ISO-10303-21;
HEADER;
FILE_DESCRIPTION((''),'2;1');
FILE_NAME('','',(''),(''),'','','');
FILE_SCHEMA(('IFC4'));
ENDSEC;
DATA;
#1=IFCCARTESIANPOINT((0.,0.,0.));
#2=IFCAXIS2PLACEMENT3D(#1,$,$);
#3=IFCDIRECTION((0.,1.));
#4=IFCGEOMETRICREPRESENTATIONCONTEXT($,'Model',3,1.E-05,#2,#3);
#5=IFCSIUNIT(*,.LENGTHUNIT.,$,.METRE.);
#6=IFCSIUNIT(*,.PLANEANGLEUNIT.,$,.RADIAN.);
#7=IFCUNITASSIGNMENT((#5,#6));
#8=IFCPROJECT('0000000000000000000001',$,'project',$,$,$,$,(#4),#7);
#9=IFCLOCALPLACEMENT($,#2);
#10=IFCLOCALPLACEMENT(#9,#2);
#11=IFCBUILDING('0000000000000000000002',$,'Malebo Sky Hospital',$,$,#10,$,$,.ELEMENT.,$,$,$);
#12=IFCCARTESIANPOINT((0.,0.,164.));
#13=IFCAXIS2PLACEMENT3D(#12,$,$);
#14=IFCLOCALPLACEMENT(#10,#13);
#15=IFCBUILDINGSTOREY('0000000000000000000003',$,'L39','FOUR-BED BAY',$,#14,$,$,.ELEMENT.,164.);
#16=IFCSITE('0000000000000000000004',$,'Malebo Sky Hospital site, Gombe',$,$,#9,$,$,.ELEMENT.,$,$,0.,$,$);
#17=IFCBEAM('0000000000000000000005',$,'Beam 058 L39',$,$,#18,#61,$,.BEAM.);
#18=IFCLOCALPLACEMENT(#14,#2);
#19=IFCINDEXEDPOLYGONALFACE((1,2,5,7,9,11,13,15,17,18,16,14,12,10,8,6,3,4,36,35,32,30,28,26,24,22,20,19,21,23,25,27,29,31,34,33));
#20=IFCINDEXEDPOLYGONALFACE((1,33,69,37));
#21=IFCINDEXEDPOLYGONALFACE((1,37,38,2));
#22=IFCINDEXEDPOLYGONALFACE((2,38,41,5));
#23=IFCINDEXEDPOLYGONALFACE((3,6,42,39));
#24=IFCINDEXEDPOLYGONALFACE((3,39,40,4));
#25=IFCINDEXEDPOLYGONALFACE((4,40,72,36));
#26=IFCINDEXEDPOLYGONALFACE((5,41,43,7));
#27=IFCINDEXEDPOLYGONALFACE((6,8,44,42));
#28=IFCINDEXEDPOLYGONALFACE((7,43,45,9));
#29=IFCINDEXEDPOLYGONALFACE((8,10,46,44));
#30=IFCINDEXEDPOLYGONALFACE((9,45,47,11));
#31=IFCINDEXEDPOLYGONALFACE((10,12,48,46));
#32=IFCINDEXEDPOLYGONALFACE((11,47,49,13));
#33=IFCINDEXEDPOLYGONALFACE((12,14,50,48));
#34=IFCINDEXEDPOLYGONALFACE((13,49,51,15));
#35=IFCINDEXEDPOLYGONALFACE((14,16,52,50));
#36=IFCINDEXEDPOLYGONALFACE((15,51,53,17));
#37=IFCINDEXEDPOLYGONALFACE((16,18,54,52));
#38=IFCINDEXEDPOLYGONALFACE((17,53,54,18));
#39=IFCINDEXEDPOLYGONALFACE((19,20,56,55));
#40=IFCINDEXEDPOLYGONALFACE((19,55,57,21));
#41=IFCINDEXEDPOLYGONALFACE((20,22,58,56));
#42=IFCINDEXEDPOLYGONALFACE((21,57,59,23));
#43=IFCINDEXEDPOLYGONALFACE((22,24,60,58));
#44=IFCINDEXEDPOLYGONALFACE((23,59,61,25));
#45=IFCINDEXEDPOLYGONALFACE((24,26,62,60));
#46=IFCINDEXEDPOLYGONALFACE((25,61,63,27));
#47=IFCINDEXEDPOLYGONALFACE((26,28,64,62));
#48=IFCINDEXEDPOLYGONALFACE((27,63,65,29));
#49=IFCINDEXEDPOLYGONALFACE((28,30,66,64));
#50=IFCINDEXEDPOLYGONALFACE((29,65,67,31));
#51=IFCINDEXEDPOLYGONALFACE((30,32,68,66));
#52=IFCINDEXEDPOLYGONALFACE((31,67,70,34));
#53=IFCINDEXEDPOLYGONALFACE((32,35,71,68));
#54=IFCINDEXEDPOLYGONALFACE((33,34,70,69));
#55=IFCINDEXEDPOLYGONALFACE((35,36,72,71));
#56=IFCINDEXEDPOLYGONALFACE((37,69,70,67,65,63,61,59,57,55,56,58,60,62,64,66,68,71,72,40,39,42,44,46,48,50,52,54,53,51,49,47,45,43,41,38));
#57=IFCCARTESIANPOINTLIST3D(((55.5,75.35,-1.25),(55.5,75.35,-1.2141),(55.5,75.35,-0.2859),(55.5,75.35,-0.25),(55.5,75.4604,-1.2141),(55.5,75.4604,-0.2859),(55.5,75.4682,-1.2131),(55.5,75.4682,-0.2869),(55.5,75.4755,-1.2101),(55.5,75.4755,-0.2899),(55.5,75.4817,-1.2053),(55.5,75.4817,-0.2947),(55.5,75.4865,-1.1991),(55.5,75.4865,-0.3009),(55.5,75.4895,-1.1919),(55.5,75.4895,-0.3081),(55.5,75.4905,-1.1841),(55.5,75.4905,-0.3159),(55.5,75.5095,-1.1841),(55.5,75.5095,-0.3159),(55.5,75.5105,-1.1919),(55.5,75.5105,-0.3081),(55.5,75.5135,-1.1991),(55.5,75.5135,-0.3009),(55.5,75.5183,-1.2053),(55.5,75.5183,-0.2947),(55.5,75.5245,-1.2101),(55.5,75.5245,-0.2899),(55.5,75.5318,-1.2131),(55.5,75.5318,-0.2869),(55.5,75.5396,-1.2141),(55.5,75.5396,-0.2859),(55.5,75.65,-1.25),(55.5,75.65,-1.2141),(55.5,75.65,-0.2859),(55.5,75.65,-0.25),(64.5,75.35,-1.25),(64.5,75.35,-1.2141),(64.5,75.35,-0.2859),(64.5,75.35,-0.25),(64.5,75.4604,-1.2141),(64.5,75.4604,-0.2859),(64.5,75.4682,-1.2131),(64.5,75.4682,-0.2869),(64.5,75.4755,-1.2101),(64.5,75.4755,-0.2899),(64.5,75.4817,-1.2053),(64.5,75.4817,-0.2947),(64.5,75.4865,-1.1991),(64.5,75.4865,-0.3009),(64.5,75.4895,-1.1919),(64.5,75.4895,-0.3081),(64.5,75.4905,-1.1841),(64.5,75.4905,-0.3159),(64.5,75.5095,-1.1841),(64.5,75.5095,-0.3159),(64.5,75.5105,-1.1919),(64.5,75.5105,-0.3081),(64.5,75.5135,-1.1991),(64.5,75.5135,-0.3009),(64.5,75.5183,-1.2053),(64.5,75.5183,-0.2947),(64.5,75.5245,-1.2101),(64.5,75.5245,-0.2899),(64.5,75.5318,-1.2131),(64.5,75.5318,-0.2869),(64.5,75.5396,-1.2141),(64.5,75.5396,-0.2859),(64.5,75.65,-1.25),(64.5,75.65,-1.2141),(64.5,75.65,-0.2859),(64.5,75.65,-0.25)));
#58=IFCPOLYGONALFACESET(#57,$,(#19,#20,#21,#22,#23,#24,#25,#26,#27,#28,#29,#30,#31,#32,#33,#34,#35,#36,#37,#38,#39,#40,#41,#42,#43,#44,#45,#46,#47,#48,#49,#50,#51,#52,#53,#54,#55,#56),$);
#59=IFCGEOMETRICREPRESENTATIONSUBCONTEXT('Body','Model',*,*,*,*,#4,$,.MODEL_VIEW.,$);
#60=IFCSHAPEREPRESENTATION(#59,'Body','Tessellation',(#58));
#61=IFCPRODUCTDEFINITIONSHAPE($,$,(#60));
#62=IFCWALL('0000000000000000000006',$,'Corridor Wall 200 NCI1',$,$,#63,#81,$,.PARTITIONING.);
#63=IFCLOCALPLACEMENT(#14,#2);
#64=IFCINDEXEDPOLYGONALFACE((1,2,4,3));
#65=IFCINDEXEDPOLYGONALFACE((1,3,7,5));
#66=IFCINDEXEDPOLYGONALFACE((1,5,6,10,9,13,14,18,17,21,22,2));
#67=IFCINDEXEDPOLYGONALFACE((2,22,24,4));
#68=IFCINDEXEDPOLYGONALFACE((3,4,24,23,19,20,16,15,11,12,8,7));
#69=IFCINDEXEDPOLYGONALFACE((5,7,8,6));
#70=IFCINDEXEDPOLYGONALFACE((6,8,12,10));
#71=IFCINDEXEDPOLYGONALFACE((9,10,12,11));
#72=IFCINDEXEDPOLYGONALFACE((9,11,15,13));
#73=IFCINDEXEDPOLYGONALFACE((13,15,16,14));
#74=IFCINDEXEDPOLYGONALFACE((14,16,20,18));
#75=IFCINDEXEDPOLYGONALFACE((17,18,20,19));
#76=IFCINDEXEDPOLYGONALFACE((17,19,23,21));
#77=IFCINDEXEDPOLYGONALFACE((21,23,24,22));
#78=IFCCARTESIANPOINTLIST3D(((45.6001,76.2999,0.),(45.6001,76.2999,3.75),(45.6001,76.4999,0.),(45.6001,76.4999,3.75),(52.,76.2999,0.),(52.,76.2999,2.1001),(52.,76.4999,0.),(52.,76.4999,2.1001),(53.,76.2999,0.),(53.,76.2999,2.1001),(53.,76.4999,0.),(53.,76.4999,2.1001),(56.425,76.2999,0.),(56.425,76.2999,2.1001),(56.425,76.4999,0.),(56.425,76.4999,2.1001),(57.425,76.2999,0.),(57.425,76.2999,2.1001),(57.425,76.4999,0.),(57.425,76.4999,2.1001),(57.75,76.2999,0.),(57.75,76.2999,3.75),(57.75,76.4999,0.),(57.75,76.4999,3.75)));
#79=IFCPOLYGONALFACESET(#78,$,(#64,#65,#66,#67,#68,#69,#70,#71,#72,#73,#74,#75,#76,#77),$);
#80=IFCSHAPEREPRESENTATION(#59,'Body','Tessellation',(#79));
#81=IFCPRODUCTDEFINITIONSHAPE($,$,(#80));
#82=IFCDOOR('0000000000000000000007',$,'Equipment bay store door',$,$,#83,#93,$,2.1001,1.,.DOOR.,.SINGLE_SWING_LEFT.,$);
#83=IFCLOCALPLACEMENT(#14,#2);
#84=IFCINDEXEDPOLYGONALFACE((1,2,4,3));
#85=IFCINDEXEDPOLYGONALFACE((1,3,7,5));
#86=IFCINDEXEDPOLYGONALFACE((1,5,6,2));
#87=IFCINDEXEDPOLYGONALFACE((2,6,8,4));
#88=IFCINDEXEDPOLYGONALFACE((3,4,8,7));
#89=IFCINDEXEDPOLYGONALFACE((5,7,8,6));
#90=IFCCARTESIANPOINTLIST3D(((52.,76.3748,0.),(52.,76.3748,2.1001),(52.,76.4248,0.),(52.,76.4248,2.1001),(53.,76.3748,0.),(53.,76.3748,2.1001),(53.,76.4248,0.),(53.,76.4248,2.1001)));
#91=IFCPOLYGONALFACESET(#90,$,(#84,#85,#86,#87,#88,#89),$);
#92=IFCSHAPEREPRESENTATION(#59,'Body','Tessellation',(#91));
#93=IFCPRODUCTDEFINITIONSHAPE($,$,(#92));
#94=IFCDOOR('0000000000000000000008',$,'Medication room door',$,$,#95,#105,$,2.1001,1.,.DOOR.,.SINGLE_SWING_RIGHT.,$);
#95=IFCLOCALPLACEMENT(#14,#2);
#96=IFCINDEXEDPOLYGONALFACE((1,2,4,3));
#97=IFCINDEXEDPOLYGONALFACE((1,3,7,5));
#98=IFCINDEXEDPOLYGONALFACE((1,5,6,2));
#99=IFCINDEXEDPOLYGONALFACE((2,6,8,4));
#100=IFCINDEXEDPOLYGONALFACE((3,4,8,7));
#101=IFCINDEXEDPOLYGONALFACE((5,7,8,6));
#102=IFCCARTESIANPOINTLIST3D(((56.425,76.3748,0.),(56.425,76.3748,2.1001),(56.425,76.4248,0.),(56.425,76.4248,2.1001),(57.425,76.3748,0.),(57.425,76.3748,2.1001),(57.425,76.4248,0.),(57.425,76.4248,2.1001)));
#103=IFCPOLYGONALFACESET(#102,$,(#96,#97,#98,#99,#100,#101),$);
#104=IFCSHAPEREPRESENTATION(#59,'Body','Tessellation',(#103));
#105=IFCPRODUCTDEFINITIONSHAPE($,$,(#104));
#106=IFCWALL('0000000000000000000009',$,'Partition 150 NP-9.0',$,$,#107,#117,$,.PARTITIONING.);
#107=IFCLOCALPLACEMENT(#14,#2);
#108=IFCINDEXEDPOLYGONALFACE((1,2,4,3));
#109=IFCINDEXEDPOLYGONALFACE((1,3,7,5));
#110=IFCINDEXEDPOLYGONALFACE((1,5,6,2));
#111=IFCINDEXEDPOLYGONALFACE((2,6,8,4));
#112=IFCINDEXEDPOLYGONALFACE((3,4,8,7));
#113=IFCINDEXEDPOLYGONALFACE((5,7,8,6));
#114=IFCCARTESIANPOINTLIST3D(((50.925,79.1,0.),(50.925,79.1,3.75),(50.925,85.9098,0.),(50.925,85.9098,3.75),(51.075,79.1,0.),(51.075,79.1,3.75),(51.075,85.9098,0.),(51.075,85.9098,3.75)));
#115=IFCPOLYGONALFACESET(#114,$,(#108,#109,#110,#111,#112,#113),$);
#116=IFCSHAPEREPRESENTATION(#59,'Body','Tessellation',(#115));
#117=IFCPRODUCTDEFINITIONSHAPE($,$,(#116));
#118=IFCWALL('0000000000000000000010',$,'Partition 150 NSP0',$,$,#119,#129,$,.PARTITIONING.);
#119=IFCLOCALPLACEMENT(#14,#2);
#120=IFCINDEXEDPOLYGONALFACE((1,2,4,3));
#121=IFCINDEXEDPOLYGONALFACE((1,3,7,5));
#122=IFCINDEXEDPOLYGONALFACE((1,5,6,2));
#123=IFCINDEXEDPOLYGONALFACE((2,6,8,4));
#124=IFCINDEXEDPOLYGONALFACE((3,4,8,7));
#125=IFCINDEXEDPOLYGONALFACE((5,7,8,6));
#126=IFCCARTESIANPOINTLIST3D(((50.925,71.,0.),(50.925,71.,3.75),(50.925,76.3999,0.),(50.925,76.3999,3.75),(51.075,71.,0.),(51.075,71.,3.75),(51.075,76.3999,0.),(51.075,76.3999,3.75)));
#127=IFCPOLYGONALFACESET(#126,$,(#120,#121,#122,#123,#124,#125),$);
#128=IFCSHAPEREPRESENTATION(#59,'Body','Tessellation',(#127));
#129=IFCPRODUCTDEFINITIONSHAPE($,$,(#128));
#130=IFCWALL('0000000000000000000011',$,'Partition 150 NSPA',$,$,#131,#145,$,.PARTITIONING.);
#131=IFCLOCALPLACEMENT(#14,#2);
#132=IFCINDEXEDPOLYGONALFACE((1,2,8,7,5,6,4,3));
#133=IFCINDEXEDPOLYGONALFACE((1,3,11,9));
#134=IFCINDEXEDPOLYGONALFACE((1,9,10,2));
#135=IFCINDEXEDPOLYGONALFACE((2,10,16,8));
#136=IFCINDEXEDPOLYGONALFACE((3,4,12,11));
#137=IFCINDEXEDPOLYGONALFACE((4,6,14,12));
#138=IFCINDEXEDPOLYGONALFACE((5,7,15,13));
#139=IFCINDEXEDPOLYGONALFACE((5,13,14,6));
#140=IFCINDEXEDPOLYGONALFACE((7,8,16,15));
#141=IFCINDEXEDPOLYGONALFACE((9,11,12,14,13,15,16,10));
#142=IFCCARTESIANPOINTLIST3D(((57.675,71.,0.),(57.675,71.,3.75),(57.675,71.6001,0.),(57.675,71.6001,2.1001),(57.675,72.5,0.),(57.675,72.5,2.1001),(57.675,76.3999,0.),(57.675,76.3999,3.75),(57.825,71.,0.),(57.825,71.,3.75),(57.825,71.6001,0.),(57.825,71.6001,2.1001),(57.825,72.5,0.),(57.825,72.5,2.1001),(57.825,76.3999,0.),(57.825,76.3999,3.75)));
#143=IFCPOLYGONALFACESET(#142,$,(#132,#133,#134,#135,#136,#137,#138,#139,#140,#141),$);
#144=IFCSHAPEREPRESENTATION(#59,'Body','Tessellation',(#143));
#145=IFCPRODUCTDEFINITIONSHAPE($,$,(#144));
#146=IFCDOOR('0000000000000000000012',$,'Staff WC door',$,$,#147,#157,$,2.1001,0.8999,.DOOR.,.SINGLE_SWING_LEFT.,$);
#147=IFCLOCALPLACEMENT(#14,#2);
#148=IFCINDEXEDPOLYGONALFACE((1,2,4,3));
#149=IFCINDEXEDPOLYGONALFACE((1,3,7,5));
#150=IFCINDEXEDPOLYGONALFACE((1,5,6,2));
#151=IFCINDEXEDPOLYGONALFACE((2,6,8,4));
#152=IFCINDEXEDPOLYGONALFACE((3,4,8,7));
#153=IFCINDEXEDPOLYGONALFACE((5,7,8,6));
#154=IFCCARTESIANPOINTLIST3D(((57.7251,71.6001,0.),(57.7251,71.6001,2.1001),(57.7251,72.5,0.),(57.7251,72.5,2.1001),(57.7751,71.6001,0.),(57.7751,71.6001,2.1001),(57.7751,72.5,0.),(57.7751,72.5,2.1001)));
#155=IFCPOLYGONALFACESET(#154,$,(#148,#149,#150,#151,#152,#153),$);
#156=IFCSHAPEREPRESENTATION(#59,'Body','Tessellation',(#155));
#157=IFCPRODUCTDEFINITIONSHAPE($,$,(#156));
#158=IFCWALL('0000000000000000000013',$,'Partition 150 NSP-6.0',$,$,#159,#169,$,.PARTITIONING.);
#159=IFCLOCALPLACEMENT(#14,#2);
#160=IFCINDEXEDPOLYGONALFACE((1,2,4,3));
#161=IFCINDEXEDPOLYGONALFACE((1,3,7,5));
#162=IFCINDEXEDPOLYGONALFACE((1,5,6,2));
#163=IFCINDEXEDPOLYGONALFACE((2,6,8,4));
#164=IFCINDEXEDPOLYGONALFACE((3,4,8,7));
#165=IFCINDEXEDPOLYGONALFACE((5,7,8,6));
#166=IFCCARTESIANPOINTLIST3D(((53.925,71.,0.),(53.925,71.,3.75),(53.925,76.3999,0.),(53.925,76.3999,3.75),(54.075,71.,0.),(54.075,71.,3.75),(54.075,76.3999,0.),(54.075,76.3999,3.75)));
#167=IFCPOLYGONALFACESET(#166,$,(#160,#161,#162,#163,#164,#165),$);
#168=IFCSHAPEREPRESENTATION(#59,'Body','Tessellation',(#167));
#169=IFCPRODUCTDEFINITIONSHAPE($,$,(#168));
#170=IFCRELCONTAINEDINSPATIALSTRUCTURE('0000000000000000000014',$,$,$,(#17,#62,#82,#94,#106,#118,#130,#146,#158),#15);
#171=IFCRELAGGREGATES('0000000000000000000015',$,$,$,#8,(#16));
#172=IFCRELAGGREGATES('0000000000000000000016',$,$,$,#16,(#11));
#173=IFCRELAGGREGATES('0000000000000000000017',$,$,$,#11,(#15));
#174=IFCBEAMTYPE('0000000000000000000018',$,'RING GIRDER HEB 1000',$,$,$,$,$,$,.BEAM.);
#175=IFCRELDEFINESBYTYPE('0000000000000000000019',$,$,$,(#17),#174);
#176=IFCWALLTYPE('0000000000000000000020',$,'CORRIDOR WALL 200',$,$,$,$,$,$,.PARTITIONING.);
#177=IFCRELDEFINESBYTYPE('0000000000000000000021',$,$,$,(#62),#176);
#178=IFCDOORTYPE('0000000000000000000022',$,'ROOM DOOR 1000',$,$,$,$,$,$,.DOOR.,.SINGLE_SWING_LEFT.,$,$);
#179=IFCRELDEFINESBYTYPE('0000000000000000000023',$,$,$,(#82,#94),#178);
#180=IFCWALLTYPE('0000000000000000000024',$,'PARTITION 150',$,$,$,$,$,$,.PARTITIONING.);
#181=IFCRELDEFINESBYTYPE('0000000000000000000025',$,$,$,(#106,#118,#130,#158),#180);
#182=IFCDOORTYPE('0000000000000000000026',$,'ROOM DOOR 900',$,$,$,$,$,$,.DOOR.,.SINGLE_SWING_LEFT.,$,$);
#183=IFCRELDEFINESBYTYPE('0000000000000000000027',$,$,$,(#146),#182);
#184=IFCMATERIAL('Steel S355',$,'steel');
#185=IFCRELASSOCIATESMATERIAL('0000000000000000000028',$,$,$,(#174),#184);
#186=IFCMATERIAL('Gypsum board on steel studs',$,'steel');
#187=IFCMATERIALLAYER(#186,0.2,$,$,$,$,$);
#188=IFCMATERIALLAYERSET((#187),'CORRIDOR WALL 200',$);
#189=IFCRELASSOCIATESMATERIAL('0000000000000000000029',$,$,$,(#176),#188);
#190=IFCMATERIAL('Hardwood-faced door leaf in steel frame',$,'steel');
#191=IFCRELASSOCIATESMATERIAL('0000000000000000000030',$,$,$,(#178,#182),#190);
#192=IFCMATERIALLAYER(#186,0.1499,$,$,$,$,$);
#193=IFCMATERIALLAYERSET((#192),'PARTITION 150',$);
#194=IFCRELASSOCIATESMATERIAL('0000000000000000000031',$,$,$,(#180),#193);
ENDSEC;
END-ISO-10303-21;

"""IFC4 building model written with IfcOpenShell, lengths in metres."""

from ifc_helpers import new_model, si_unit, direction, frame, frame_2d, origin, origin_2d, place, context, subcontext, project, spatial, rectangle, i_section, extrude, material, layer, layer_set, material_profile, profile_set, type_object, element, fill, save


model = new_model("IFC4")

# Units and contexts
model_context = context("Model", 3, precision=1e-05, world=origin(), true_north=direction((0.0, 1.0)))
body_context = subcontext(model_context, "Body", "Model", "MODEL_VIEW")
ifc_project = project(units=[si_unit("LENGTHUNIT", "METRE"), si_unit("PLANEANGLEUNIT", "RADIAN")], contexts=[model_context])

# Site, building, storey
site_placement = place(None, origin())
site = spatial("IfcSite", under=ifc_project, at=site_placement, Name="Malebo Sky Hospital site, Gombe", CompositionType="ELEMENT", RefElevation=0.0)
building_placement = place(site_placement, origin())
building = spatial("IfcBuilding", under=site, at=building_placement, Name="Malebo Sky Hospital", CompositionType="ELEMENT")
storey_placement = place(building_placement, frame((0.0, 0.0, 164.0)))
storey = spatial("IfcBuildingStorey", under=building, at=storey_placement, Name="L39", Description="FOUR-BED BAY", CompositionType="ELEMENT", Elevation=164.0)

# Beam
ifc_material_1 = material(Name="Steel S355", Category="steel")
ifc_material_profile_1 = material_profile(ifc_material_1, i_section(OverallWidth=0.3, OverallDepth=1.0, WebThickness=0.019, FlangeThickness=0.0359, FilletRadius=0.03, at=origin_2d()), Name="HEB 1000")
ifc_profile_set_1 = profile_set([ifc_material_profile_1], Name="Steel S355")
beam_type_1 = type_object("IfcBeamType", Name="RING GIRDER HEB 1000", PredefinedType="BEAM", material=ifc_profile_set_1)
beam_1_placement = place(storey_placement, frame((55.5, 75.5, -0.75), z_axis=(1.0, 0.0, 0.0), x_axis=(0.0, 1.0, 0.0)))
element("IfcBeam", 1, at=beam_1_placement, inside=storey, type_object=beam_type_1, Name="Beam 058 L39", PredefinedType="BEAM", context=body_context, shape_type="SweptSolid", body=[
    extrude(i_section(OverallWidth=0.3, OverallDepth=1.0, WebThickness=0.019, FlangeThickness=0.0359, FilletRadius=0.03, at=origin_2d()), origin(), (0.0, 0.0, 1.0), 9.0),
])

# Wall, openings, doors
ifc_material_2 = material(Name="Gypsum board on steel studs", Category="steel")
ifc_layer_1 = layer(ifc_material_2, 0.2)
ifc_layer_set_1 = layer_set([ifc_layer_1], Name="CORRIDOR WALL 200")
wall_type_1 = type_object("IfcWallType", Name="CORRIDOR WALL 200", PredefinedType="PARTITIONING", material=ifc_layer_set_1)
wall_1_placement = place(storey_placement, frame((45.6001, 76.3999, 0.0), z_axis=(0.0, 0.0, 1.0), x_axis=(1.0, 0.0, 0.0)))
wall_1 = element("IfcWall", 2, at=wall_1_placement, inside=storey, type_object=wall_type_1, Name="Corridor Wall 200 NCI1", PredefinedType="PARTITIONING", context=body_context, shape_type="SweptSolid", body=[
    extrude(rectangle(XDim=12.1499, YDim=0.2, at=frame_2d((6.075, 0.0))), origin(), (0.0, 0.0, 1.0), 3.75),
])
opening_1_placement = place(wall_1_placement, frame((6.3999, 0.0, 0.0)))
opening_1 = element("IfcOpeningElement", 3, at=opening_1_placement, cuts=wall_1, PredefinedType="OPENING", context=body_context, shape_type="SweptSolid", body=[
    extrude(rectangle(XDim=1.0, YDim=2.1001, at=frame_2d((0.5, 1.05))), frame((0.0, 0.1099, 0.0), z_axis=(0.0, -1.0, 0.0), x_axis=(1.0, 0.0, 0.0)), (0.0, 0.0, 1.0), 0.22),
])
opening_2_placement = place(wall_1_placement, frame((10.825, 0.0, 0.0)))
opening_2 = element("IfcOpeningElement", 4, at=opening_2_placement, cuts=wall_1, PredefinedType="OPENING", context=body_context, shape_type="SweptSolid", body=[
    extrude(rectangle(XDim=1.0, YDim=2.1001, at=frame_2d((0.5, 1.05))), frame((0.0, 0.1099, 0.0), z_axis=(0.0, -1.0, 0.0), x_axis=(1.0, 0.0, 0.0)), (0.0, 0.0, 1.0), 0.22),
])
ifc_material_3 = material(Name="Hardwood-faced door leaf in steel frame", Category="steel")
door_type_1 = type_object("IfcDoorType", Name="ROOM DOOR 1000", OperationType="SINGLE_SWING_LEFT", PredefinedType="DOOR", material=ifc_material_3)
door_1_placement = place(opening_1_placement, origin())
door_1 = element("IfcDoor", 5, at=door_1_placement, inside=storey, type_object=door_type_1, Name="Equipment bay store door", OperationType="SINGLE_SWING_LEFT", OverallHeight=2.1001, OverallWidth=1.0, PredefinedType="DOOR", context=body_context, shape_type="SweptSolid", body=[
    extrude(rectangle(XDim=1.0, YDim=2.1001, at=frame_2d((0.5, 1.05))), frame((0.0, 0.0249, 0.0), z_axis=(0.0, -1.0, 0.0), x_axis=(1.0, 0.0, 0.0)), (0.0, 0.0, 1.0), 0.05),
])
fill(opening_1, door_1)
door_2_placement = place(opening_2_placement, origin())
door_2 = element("IfcDoor", 6, at=door_2_placement, inside=storey, type_object=door_type_1, Name="Medication room door", OperationType="SINGLE_SWING_RIGHT", OverallHeight=2.1001, OverallWidth=1.0, PredefinedType="DOOR", context=body_context, shape_type="SweptSolid", body=[
    extrude(rectangle(XDim=1.0, YDim=2.1001, at=frame_2d((0.5, 1.05))), frame((0.0, 0.0249, 0.0), z_axis=(0.0, -1.0, 0.0), x_axis=(1.0, 0.0, 0.0)), (0.0, 0.0, 1.0), 0.05),
])
fill(opening_2, door_2)

# Walls
ifc_layer_2 = layer(ifc_material_2, 0.1499)
ifc_layer_set_2 = layer_set([ifc_layer_2], Name="PARTITION 150")
wall_type_2 = type_object("IfcWallType", Name="PARTITION 150", PredefinedType="PARTITIONING", material=ifc_layer_set_2)
wall_2_placement = place(storey_placement, frame((51.0, 79.1001, 0.0), z_axis=(0.0, 0.0, 1.0), x_axis=(0.0, 1.0, 0.0)))
element("IfcWall", 7, at=wall_2_placement, inside=storey, type_object=wall_type_2, Name="Partition 150 NP-9.0", PredefinedType="PARTITIONING", context=body_context, shape_type="SweptSolid", body=[
    extrude(rectangle(XDim=6.8098, YDim=0.1499, at=frame_2d((3.4048, 0.0))), origin(), (0.0, 0.0, 1.0), 3.75),
])
wall_3_placement = place(storey_placement, frame((51.0, 71.0, 0.0), z_axis=(0.0, 0.0, 1.0), x_axis=(0.0, 1.0, 0.0)))
element("IfcWall", 8, at=wall_3_placement, inside=storey, type_object=wall_type_2, Name="Partition 150 NSP0", PredefinedType="PARTITIONING", context=body_context, shape_type="SweptSolid", body=[
    extrude(rectangle(XDim=5.3999, YDim=0.1499, at=frame_2d((2.7, 0.0))), origin(), (0.0, 0.0, 1.0), 3.75),
])

# Wall, opening, door
wall_4_placement = place(storey_placement, frame((57.75, 71.0, 0.0), z_axis=(0.0, 0.0, 1.0), x_axis=(0.0, 1.0, 0.0)))
wall_4 = element("IfcWall", 9, at=wall_4_placement, inside=storey, type_object=wall_type_2, Name="Partition 150 NSPA", PredefinedType="PARTITIONING", context=body_context, shape_type="SweptSolid", body=[
    extrude(rectangle(XDim=5.3999, YDim=0.1499, at=frame_2d((2.7, 0.0))), origin(), (0.0, 0.0, 1.0), 3.75),
])
opening_3_placement = place(wall_4_placement, frame((0.6001, 0.0, 0.0)))
opening_3 = element("IfcOpeningElement", 10, at=opening_3_placement, cuts=wall_4, PredefinedType="OPENING", context=body_context, shape_type="SweptSolid", body=[
    extrude(rectangle(XDim=0.8999, YDim=2.1001, at=frame_2d((0.45, 1.05))), frame((0.0, 0.085, 0.0), z_axis=(0.0, -1.0, 0.0), x_axis=(1.0, 0.0, 0.0)), (0.0, 0.0, 1.0), 0.1699),
])
door_type_2 = type_object("IfcDoorType", Name="ROOM DOOR 900", OperationType="SINGLE_SWING_LEFT", PredefinedType="DOOR", material=ifc_material_3)
door_3_placement = place(opening_3_placement, origin())
door_3 = element("IfcDoor", 11, at=door_3_placement, inside=storey, type_object=door_type_2, Name="Staff WC door", OperationType="SINGLE_SWING_LEFT", OverallHeight=2.1001, OverallWidth=0.8999, PredefinedType="DOOR", context=body_context, shape_type="SweptSolid", body=[
    extrude(rectangle(XDim=0.8999, YDim=2.1001, at=frame_2d((0.45, 1.05))), frame((0.0, 0.0249, 0.0), z_axis=(0.0, -1.0, 0.0), x_axis=(1.0, 0.0, 0.0)), (0.0, 0.0, 1.0), 0.05),
])
fill(opening_3, door_3)

# Wall
wall_5_placement = place(storey_placement, frame((54.0, 71.0, 0.0), z_axis=(0.0, 0.0, 1.0), x_axis=(0.0, 1.0, 0.0)))
element("IfcWall", 12, at=wall_5_placement, inside=storey, type_object=wall_type_2, Name="Partition 150 NSP-6.0", PredefinedType="PARTITIONING", context=body_context, shape_type="SweptSolid", body=[
    extrude(rectangle(XDim=5.3999, YDim=0.1499, at=frame_2d((2.7, 0.0))), origin(), (0.0, 0.0, 1.0), 3.75),
])

save(model, "model.ifc")
